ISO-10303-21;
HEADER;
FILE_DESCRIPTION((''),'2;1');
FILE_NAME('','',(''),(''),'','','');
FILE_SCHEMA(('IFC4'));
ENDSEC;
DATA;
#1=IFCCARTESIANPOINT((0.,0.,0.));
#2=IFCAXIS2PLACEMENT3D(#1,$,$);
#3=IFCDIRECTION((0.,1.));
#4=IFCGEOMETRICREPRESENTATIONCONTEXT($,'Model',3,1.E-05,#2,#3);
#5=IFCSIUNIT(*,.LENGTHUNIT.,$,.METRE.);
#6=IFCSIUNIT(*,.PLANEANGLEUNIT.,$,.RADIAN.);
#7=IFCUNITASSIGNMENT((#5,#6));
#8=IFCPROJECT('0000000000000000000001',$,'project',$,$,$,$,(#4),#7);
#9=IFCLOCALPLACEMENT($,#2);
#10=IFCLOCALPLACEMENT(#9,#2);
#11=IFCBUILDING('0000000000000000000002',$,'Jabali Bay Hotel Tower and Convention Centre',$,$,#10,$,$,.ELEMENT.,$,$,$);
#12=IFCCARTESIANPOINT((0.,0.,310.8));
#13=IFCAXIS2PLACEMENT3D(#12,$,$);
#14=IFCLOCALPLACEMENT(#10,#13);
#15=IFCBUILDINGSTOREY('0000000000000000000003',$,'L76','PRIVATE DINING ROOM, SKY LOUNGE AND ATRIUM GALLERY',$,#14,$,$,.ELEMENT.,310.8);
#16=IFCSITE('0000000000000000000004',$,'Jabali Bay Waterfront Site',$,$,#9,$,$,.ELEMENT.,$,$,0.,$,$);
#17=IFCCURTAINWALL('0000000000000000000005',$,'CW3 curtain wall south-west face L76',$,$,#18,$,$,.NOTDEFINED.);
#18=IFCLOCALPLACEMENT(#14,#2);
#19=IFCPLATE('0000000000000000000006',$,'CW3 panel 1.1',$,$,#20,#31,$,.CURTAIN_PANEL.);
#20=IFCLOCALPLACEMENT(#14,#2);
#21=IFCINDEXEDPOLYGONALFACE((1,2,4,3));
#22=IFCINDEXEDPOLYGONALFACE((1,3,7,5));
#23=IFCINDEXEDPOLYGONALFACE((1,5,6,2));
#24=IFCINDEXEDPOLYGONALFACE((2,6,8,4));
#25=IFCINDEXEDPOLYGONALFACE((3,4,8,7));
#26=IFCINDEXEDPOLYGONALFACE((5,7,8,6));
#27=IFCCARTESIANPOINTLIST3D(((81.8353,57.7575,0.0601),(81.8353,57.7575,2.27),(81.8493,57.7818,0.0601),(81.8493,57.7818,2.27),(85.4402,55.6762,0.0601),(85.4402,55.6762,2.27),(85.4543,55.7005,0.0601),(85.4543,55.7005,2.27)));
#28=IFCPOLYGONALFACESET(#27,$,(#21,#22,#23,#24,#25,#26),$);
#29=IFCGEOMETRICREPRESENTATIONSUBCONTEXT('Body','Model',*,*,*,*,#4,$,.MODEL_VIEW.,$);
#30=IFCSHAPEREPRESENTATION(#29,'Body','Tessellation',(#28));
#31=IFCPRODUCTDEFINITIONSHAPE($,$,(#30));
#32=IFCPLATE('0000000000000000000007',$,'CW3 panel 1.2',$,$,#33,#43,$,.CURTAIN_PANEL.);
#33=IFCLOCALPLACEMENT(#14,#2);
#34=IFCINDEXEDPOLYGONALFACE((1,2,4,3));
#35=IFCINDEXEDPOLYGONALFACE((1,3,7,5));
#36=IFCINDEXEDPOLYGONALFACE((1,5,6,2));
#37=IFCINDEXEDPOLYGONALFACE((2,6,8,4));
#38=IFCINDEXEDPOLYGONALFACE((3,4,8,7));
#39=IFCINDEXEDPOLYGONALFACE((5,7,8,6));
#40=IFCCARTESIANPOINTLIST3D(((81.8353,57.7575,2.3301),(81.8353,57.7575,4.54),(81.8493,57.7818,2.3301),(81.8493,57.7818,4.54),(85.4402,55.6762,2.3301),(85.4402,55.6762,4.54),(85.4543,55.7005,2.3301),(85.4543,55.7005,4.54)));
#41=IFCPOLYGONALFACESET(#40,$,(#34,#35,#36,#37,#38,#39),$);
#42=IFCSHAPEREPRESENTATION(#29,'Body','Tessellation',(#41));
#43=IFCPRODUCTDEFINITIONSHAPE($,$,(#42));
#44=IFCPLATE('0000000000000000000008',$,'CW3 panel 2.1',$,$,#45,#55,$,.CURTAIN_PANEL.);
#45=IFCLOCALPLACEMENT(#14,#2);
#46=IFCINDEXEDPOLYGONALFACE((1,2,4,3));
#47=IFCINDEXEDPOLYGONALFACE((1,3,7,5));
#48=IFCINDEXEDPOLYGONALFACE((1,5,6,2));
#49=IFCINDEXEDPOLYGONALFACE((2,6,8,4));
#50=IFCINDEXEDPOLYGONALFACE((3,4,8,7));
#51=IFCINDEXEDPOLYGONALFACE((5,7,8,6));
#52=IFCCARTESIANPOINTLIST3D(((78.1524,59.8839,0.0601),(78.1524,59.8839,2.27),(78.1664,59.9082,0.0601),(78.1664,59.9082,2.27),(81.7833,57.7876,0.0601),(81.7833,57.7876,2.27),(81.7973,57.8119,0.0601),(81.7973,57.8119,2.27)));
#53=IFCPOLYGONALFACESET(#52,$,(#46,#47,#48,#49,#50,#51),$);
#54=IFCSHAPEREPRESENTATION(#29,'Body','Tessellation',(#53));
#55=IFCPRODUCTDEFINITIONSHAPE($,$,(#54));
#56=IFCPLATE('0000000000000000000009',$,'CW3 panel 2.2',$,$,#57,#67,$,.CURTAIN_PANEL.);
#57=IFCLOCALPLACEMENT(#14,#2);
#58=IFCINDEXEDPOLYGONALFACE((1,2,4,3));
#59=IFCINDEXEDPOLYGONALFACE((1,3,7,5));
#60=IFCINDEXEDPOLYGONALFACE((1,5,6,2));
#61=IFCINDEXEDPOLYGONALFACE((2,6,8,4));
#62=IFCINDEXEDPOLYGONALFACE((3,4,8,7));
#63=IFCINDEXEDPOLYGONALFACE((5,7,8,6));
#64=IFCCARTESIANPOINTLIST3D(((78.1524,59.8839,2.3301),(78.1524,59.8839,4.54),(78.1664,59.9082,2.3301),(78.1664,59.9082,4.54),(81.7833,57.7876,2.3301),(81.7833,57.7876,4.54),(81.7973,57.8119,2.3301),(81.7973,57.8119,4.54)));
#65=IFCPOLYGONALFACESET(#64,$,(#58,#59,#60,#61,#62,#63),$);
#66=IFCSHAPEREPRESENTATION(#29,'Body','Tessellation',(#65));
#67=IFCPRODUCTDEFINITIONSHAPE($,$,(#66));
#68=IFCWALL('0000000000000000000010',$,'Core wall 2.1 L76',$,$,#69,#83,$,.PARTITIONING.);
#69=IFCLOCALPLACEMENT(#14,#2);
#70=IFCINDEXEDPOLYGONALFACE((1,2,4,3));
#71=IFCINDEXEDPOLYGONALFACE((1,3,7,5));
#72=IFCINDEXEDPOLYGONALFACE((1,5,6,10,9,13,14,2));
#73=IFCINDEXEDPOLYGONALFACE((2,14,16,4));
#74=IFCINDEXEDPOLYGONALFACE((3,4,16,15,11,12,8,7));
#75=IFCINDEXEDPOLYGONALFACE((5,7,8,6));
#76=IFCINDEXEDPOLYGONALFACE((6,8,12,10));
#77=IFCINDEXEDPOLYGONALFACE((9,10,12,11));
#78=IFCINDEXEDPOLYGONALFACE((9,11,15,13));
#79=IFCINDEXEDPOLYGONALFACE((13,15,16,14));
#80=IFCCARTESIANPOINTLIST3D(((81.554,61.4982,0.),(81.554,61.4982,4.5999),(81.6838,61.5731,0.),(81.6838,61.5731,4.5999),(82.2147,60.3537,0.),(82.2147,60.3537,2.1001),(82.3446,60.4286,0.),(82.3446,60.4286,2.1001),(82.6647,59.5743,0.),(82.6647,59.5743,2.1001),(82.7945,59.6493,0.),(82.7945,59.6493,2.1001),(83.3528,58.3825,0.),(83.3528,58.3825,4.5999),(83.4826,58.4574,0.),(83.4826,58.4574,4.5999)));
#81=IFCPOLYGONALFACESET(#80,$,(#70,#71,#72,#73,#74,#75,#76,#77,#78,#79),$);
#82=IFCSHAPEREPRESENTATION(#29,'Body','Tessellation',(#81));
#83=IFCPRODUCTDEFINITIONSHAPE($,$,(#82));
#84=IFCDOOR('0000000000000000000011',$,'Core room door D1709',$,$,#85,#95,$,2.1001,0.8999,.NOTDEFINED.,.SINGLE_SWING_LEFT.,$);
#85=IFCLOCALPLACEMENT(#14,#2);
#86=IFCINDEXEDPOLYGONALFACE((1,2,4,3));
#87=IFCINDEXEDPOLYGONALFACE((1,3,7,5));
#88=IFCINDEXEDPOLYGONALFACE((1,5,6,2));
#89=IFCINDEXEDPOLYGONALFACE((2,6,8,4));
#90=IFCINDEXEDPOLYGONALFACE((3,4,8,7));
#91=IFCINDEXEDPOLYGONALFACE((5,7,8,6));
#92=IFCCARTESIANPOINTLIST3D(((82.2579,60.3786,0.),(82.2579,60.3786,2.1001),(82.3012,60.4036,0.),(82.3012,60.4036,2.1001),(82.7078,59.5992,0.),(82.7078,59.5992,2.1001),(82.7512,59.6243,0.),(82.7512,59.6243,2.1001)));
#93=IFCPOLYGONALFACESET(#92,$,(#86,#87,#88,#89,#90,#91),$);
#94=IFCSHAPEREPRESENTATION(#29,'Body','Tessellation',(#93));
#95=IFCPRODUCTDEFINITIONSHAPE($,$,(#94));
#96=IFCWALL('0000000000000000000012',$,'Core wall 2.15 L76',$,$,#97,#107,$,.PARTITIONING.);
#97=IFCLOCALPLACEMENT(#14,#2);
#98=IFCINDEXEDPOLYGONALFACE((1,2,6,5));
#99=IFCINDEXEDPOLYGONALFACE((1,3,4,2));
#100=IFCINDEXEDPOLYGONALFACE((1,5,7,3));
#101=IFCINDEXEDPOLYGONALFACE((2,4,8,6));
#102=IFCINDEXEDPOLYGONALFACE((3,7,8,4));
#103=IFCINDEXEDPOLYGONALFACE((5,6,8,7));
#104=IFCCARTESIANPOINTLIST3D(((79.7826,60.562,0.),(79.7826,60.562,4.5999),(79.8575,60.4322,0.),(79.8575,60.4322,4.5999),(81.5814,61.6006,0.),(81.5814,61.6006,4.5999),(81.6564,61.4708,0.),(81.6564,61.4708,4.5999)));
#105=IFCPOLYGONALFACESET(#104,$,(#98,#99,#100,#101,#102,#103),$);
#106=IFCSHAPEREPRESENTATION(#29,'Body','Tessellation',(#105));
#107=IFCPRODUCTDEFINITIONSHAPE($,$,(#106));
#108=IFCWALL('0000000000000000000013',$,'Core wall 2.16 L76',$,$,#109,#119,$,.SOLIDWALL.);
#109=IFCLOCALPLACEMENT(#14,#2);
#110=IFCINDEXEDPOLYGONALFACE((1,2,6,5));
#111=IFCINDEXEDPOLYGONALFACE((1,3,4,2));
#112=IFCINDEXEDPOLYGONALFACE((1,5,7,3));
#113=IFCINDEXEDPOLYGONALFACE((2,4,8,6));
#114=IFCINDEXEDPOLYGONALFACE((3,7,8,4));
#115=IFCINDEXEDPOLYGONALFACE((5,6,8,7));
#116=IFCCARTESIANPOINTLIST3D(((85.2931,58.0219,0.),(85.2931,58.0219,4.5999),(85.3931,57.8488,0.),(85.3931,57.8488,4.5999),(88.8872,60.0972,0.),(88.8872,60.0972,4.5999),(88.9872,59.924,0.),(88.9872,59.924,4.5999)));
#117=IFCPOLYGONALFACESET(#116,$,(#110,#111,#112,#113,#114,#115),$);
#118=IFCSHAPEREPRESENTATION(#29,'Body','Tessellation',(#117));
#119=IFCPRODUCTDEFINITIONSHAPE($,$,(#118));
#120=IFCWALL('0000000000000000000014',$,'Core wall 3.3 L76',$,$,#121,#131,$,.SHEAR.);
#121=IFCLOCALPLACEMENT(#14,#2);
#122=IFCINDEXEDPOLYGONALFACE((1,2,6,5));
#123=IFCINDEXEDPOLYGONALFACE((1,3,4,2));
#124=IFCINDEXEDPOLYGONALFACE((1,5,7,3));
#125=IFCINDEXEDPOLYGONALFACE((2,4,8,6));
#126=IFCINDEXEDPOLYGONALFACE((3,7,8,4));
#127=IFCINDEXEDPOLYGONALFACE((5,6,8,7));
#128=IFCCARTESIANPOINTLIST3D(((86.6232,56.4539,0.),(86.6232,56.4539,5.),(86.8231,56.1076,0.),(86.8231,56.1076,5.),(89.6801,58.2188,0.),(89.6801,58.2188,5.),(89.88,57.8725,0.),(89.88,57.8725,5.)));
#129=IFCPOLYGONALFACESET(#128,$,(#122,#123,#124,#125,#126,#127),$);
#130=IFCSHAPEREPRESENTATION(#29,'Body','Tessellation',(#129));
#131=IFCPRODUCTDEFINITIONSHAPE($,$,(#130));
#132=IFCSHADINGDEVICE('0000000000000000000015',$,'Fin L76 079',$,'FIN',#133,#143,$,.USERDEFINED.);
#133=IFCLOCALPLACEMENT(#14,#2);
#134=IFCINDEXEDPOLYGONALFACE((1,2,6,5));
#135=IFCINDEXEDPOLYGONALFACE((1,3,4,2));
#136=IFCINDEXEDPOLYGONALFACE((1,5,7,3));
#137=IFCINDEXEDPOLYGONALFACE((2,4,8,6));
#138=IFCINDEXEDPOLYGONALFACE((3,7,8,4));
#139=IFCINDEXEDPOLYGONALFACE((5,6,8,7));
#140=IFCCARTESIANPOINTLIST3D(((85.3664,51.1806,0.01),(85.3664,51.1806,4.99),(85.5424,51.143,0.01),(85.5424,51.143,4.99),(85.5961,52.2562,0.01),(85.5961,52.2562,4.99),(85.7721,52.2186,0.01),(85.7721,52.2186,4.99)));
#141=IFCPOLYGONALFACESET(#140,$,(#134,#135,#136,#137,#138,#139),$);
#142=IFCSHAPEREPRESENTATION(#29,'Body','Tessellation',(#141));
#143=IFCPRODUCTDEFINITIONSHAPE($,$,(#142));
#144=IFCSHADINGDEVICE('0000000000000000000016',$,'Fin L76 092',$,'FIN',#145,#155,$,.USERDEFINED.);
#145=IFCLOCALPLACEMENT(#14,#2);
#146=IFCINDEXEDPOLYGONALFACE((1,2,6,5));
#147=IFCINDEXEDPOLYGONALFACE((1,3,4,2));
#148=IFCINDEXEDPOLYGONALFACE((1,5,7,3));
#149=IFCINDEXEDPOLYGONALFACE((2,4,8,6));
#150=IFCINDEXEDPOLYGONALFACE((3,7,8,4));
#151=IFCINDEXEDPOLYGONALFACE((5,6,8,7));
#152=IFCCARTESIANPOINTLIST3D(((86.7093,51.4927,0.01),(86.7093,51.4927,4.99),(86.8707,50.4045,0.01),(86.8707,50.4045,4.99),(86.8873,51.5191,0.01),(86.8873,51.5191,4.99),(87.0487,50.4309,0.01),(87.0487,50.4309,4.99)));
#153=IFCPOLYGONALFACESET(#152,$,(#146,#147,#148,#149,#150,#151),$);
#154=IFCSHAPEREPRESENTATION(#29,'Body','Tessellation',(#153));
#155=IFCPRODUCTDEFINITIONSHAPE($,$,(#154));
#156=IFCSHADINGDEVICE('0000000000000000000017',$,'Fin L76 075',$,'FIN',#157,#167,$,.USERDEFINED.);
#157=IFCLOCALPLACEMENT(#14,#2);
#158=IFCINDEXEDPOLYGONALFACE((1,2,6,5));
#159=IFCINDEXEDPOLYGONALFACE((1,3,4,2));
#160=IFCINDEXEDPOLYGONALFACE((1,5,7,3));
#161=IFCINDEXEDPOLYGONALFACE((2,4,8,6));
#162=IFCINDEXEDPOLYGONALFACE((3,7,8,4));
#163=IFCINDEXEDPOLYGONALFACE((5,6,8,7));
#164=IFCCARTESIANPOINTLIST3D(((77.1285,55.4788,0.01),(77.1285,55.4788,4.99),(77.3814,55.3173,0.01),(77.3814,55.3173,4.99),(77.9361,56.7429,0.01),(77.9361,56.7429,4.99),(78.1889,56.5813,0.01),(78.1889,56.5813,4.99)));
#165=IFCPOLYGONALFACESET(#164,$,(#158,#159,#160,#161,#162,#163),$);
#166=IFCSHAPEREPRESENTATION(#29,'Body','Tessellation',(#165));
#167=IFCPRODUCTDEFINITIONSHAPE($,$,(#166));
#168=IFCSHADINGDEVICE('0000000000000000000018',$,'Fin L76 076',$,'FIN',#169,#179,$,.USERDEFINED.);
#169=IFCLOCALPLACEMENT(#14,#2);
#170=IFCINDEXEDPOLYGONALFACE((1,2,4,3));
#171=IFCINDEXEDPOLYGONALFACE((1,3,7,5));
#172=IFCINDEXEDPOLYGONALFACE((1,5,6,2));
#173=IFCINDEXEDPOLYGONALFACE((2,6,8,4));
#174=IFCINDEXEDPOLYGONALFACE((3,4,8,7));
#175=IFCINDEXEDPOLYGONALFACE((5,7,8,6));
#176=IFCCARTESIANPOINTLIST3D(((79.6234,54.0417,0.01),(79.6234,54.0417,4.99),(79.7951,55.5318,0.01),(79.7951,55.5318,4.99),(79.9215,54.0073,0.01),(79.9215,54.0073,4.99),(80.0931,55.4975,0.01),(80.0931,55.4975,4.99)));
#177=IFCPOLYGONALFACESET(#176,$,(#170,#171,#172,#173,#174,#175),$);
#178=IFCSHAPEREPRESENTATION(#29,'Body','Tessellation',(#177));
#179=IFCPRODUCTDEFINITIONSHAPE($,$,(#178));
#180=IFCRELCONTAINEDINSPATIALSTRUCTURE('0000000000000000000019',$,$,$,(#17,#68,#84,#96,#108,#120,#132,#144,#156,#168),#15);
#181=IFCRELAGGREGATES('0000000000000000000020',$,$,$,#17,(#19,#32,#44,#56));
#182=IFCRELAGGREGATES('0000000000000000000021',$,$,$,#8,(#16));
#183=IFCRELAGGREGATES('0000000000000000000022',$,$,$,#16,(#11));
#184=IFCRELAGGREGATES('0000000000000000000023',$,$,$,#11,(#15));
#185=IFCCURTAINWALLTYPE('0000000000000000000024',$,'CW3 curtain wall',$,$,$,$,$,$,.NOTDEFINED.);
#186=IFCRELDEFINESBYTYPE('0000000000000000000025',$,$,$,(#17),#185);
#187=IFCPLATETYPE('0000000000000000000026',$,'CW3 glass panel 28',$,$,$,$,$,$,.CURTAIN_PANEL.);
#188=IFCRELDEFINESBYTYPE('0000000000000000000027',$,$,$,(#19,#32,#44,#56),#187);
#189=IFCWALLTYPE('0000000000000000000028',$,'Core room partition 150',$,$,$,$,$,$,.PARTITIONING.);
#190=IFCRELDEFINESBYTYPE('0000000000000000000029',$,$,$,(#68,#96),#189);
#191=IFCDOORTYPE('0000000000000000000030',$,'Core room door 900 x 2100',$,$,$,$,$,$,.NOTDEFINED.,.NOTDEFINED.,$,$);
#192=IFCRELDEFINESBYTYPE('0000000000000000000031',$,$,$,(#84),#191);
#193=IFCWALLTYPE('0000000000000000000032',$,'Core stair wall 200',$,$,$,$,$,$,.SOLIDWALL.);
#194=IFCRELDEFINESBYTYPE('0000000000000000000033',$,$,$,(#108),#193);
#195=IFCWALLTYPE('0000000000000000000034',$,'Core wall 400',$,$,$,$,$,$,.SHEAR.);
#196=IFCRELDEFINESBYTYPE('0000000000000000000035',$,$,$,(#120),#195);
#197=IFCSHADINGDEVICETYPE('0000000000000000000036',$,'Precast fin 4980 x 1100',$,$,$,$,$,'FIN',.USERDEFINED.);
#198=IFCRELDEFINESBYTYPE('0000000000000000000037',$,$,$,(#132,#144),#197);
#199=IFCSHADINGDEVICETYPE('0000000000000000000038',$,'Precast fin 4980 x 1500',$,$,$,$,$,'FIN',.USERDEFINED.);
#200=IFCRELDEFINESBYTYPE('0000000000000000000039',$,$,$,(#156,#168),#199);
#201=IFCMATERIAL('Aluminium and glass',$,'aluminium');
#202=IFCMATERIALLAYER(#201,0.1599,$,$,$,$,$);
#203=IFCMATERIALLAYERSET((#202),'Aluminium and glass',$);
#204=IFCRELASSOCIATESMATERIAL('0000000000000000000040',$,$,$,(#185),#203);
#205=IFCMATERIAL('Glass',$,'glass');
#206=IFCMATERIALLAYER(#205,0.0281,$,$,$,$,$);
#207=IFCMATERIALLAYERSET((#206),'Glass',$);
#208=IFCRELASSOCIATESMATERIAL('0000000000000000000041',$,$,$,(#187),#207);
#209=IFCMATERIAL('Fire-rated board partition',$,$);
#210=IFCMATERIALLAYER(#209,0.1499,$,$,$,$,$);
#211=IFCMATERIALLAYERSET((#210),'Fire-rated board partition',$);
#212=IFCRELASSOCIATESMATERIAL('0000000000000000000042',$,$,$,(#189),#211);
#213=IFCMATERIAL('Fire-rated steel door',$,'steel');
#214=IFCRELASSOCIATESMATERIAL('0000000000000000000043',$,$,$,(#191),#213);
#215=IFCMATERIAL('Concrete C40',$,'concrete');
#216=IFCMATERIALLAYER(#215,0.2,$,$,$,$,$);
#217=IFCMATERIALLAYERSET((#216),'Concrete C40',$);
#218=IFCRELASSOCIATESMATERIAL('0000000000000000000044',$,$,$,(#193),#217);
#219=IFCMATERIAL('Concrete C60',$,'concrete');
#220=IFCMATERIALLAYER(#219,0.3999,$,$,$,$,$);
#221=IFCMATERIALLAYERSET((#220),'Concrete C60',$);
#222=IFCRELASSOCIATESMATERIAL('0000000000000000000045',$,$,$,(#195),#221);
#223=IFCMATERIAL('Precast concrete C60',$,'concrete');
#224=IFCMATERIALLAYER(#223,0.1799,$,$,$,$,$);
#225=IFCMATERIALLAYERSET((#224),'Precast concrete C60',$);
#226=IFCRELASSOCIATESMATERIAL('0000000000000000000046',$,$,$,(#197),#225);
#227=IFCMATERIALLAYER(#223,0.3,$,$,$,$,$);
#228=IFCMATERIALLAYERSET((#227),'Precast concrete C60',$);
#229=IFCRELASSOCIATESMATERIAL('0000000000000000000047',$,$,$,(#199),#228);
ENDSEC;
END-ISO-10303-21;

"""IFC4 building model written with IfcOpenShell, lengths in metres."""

from ifc_helpers import new_model, si_unit, direction, frame, frame_2d, origin, origin_2d, place, context, subcontext, project, spatial, rectangle, extrude, material, layer, layer_set, type_object, element, fill, aggregate, save


model = new_model("IFC4")

# Units and contexts
model_context = context("Model", 3, precision=1e-05, world=origin(), true_north=direction((0.0, 1.0)))
body_context = subcontext(model_context, "Body", "Model", "MODEL_VIEW")
ifc_project = project(units=[si_unit("LENGTHUNIT", "METRE"), si_unit("PLANEANGLEUNIT", "RADIAN")], contexts=[model_context])

# Site, building, storey
site_placement = place(None, origin())
site = spatial("IfcSite", under=ifc_project, at=site_placement, Name="Jabali Bay Waterfront Site", CompositionType="ELEMENT", RefElevation=0.0)
building_placement = place(site_placement, origin())
building = spatial("IfcBuilding", under=site, at=building_placement, Name="Jabali Bay Hotel Tower and Convention Centre", CompositionType="ELEMENT")
storey_placement = place(building_placement, frame((0.0, 0.0, 310.8)))
storey = spatial("IfcBuildingStorey", under=building, at=storey_placement, Name="L76", Description="PRIVATE DINING ROOM, SKY LOUNGE AND ATRIUM GALLERY", CompositionType="ELEMENT", Elevation=310.8)

# Shared definitions
ifc_material_1 = material(Name="Concrete C60", Category="concrete")

# Curtain wall
ifc_material_2 = material(Name="Aluminium and glass", Category="aluminium")
ifc_layer_1 = layer(ifc_material_2, 0.1599)
ifc_layer_set_1 = layer_set([ifc_layer_1], Name="Aluminium and glass")
curtain_wall_type = type_object("IfcCurtainWallType", Name="CW3 curtain wall", PredefinedType="NOTDEFINED", material=ifc_layer_set_1)
curtain_wall_placement = place(storey_placement, origin())
curtain_wall = element("IfcCurtainWall", 1, at=curtain_wall_placement, inside=storey, type_object=curtain_wall_type, Name="CW3 curtain wall south-west face L76", PredefinedType="NOTDEFINED")

# Plates
ifc_material_3 = material(Name="Glass", Category="glass")
ifc_layer_2 = layer(ifc_material_3, 0.0281)
ifc_layer_set_2 = layer_set([ifc_layer_2], Name="Glass")
plate_type = type_object("IfcPlateType", Name="CW3 glass panel 28", PredefinedType="CURTAIN_PANEL", material=ifc_layer_set_2)
plate_1_placement = place(storey_placement, frame((83.6448, 56.729, 0.0601), z_axis=(0.0, 0.0, 1.0), x_axis=(-0.866025, 0.5, 0.0)))
plate_1 = element("IfcPlate", 2, at=plate_1_placement, type_object=plate_type, Name="CW3 panel 1.1", PredefinedType="CURTAIN_PANEL", context=body_context, shape_type="SweptSolid", body=[
    extrude(rectangle(XDim=4.1626, YDim=0.0281, at=origin_2d()), origin(), (0.0, 0.0, 1.0), 2.21),
])
plate_2_placement = place(storey_placement, frame((83.6448, 56.729, 2.3301), z_axis=(0.0, 0.0, 1.0), x_axis=(-0.866025, 0.5, 0.0)))
plate_2 = element("IfcPlate", 3, at=plate_2_placement, type_object=plate_type, Name="CW3 panel 1.2", PredefinedType="CURTAIN_PANEL", context=body_context, shape_type="SweptSolid", body=[
    extrude(rectangle(XDim=4.1626, YDim=0.0281, at=origin_2d()), origin(), (0.0, 0.0, 1.0), 2.21),
])
plate_3_placement = place(storey_placement, frame((79.9749, 58.8479, 0.0601), z_axis=(0.0, 0.0, 1.0), x_axis=(-0.866025, 0.5, 0.0)))
plate_3 = element("IfcPlate", 4, at=plate_3_placement, type_object=plate_type, Name="CW3 panel 2.1", PredefinedType="CURTAIN_PANEL", context=body_context, shape_type="SweptSolid", body=[
    extrude(rectangle(XDim=4.1926, YDim=0.0281, at=origin_2d()), origin(), (0.0, 0.0, 1.0), 2.21),
])
plate_4_placement = place(storey_placement, frame((79.9749, 58.8479, 2.3301), z_axis=(0.0, 0.0, 1.0), x_axis=(-0.866025, 0.5, 0.0)))
plate_4 = element("IfcPlate", 5, at=plate_4_placement, type_object=plate_type, Name="CW3 panel 2.2", PredefinedType="CURTAIN_PANEL", context=body_context, shape_type="SweptSolid", body=[
    extrude(rectangle(XDim=4.1926, YDim=0.0281, at=origin_2d()), origin(), (0.0, 0.0, 1.0), 2.21),
])
aggregate(curtain_wall, [plate_1, plate_2, plate_3, plate_4])

# Wall, opening, door
ifc_material_4 = material(Name="Fire-rated board partition")
ifc_layer_3 = layer(ifc_material_4, 0.1499)
ifc_layer_set_3 = layer_set([ifc_layer_3], Name="Fire-rated board partition")
wall_type_1 = type_object("IfcWallType", Name="Core room partition 150", PredefinedType="PARTITIONING", material=ifc_layer_set_3)
wall_1_placement = place(storey_placement, frame((81.6189, 61.5356, 0.0), z_axis=(0.0, 0.0, 1.0), x_axis=(0.499993, -0.86603, 0.0)))
wall_1 = element("IfcWall", 6, at=wall_1_placement, inside=storey, type_object=wall_type_1, Name="Core wall 2.1 L76", PredefinedType="PARTITIONING", context=body_context, shape_type="SweptSolid", body=[
    extrude(rectangle(XDim=3.5977, YDim=0.1499, at=frame_2d((1.7988, 0.0))), origin(), (0.0, 0.0, 1.0), 4.5999),
])
opening_placement = place(wall_1_placement, frame((1.3215, 0.0, 0.0)))
opening = element("IfcOpeningElement", 7, at=opening_placement, cuts=wall_1, PredefinedType="OPENING", context=body_context, shape_type="SweptSolid", body=[
    extrude(rectangle(XDim=0.8999, YDim=2.1001, at=frame_2d((0.45, 1.05))), frame((0.0, 0.0854, 0.0), z_axis=(0.0, -1.0, 0.0), x_axis=(1.0, 0.0, 0.0)), (0.0, 0.0, 1.0), 0.1709),
])
ifc_material_5 = material(Name="Fire-rated steel door", Category="steel")
door_type = type_object("IfcDoorType", Name="Core room door 900 x 2100", OperationType="NOTDEFINED", PredefinedType="NOTDEFINED", material=ifc_material_5)
door_placement = place(opening_placement, origin())
door = element("IfcDoor", 8, at=door_placement, inside=storey, type_object=door_type, Name="Core room door D1709", OperationType="SINGLE_SWING_LEFT", OverallHeight=2.1001, OverallWidth=0.8999, PredefinedType="NOTDEFINED", context=body_context, shape_type="SweptSolid", body=[
    extrude(rectangle(XDim=0.8999, YDim=2.1001, at=frame_2d((0.45, 1.05))), frame((0.0, 0.0249, 0.0), z_axis=(0.0, -1.0, 0.0), x_axis=(1.0, 0.0, 0.0)), (0.0, 0.0, 1.0), 0.05),
])
fill(opening, door)

# Walls
wall_2_placement = place(storey_placement, frame((79.8201, 60.4971, 0.0), z_axis=(0.0, 0.0, 1.0), x_axis=(0.866021, 0.500007, 0.0)))
element("IfcWall", 9, at=wall_2_placement, inside=storey, type_object=wall_type_1, Name="Core wall 2.15 L76", PredefinedType="PARTITIONING", context=body_context, shape_type="SweptSolid", body=[
    extrude(rectangle(XDim=2.0771, YDim=0.1499, at=frame_2d((1.0386, 0.0))), origin(), (0.0, 0.0, 1.0), 4.5999),
])
ifc_material_6 = material(Name="Concrete C40", Category="concrete")
ifc_layer_4 = layer(ifc_material_6, 0.2)
ifc_layer_set_4 = layer_set([ifc_layer_4], Name="Concrete C40")
wall_type_2 = type_object("IfcWallType", Name="Core stair wall 200", PredefinedType="SOLIDWALL", material=ifc_layer_set_4)
wall_3_placement = place(storey_placement, frame((85.343, 57.9353, 0.0), z_axis=(0.0, 0.0, 1.0), x_axis=(0.866004, 0.500036, 0.0)))
element("IfcWall", 10, at=wall_3_placement, inside=storey, type_object=wall_type_2, Name="Core wall 2.16 L76", PredefinedType="SOLIDWALL", context=body_context, shape_type="SweptSolid", body=[
    extrude(rectangle(XDim=4.1501, YDim=0.2, at=frame_2d((2.0752, 0.0))), origin(), (0.0, 0.0, 1.0), 4.5999),
])
ifc_layer_5 = layer(ifc_material_1, 0.3999)
ifc_layer_set_5 = layer_set([ifc_layer_5], Name="Concrete C60")
wall_type_3 = type_object("IfcWallType", Name="Core wall 400", PredefinedType="SHEAR", material=ifc_layer_set_5)
wall_4_placement = place(storey_placement, frame((86.7231, 56.2808, 0.0), z_axis=(0.0, 0.0, 1.0), x_axis=(0.866025, 0.5, 0.0)))
element("IfcWall", 11, at=wall_4_placement, inside=storey, type_object=wall_type_3, Name="Core wall 3.3 L76", PredefinedType="SHEAR", context=body_context, shape_type="SweptSolid", body=[
    extrude(rectangle(XDim=3.5298, YDim=0.3999, at=frame_2d((1.7649, 0.0))), origin(), (0.0, 0.0, 1.0), 5.0),
])

# Shading devices
ifc_material_7 = material(Name="Precast concrete C60", Category="concrete")
ifc_layer_6 = layer(ifc_material_7, 0.1799)
ifc_layer_set_6 = layer_set([ifc_layer_6], Name="Precast concrete C60")
shading_device_type_1 = type_object("IfcShadingDeviceType", Name="Precast fin 4980 x 1100", ElementType="FIN", PredefinedType="USERDEFINED", material=ifc_layer_set_6)
shading_device_1_placement = place(storey_placement, frame((85.6841, 52.2373, 0.01), z_axis=(0.0, 0.0, 1.0), x_axis=(-0.208862, -0.977945, 0.0)))
element("IfcShadingDevice", 12, at=shading_device_1_placement, inside=storey, type_object=shading_device_type_1, Name="Fin L76 079", ObjectType="FIN", PredefinedType="USERDEFINED", context=body_context, shape_type="SweptSolid", body=[
    extrude(rectangle(XDim=1.0999, YDim=0.1799, at=frame_2d((0.5498, 0.0))), origin(), (0.0, 0.0, 1.0), 4.98),
])
shading_device_2_placement = place(storey_placement, frame((86.7983, 51.5059, 0.01), z_axis=(0.0, 0.0, 1.0), x_axis=(0.146701, -0.989181, 0.0)))
element("IfcShadingDevice", 13, at=shading_device_2_placement, inside=storey, type_object=shading_device_type_1, Name="Fin L76 092", ObjectType="FIN", PredefinedType="USERDEFINED", context=body_context, shape_type="SweptSolid", body=[
    extrude(rectangle(XDim=1.1001, YDim=0.1799, at=frame_2d((0.55, 0.0))), origin(), (0.0, 0.0, 1.0), 4.98),
])
ifc_layer_7 = layer(ifc_material_7, 0.3)
ifc_layer_set_7 = layer_set([ifc_layer_7], Name="Precast concrete C60")
shading_device_type_2 = type_object("IfcShadingDeviceType", Name="Precast fin 4980 x 1500", ElementType="FIN", PredefinedType="USERDEFINED", material=ifc_layer_set_7)
for number, where, z_axis, x_axis, name in (
    (14, (78.0625, 56.6621, 0.01), (0.0, 0.0, 1.0), (-0.53837, -0.842709, 0.0), "Fin L76 075"),
    (15, (79.9441, 55.5146, 0.01), (0.0, 0.0, 1.0), (-0.114414, -0.993433, 0.0), "Fin L76 076"),
):
    element("IfcShadingDevice", number, at=place(storey_placement, frame(where, z_axis=z_axis, x_axis=x_axis)), inside=storey, type_object=shading_device_type_2, Name=name, ObjectType="FIN", PredefinedType="USERDEFINED", context=body_context, shape_type="SweptSolid", body=[
        extrude(rectangle(XDim=1.5, YDim=0.3, at=frame_2d((0.75, 0.0))), origin(), (0.0, 0.0, 1.0), 4.98),
    ])

save(model, "model.ifc")
